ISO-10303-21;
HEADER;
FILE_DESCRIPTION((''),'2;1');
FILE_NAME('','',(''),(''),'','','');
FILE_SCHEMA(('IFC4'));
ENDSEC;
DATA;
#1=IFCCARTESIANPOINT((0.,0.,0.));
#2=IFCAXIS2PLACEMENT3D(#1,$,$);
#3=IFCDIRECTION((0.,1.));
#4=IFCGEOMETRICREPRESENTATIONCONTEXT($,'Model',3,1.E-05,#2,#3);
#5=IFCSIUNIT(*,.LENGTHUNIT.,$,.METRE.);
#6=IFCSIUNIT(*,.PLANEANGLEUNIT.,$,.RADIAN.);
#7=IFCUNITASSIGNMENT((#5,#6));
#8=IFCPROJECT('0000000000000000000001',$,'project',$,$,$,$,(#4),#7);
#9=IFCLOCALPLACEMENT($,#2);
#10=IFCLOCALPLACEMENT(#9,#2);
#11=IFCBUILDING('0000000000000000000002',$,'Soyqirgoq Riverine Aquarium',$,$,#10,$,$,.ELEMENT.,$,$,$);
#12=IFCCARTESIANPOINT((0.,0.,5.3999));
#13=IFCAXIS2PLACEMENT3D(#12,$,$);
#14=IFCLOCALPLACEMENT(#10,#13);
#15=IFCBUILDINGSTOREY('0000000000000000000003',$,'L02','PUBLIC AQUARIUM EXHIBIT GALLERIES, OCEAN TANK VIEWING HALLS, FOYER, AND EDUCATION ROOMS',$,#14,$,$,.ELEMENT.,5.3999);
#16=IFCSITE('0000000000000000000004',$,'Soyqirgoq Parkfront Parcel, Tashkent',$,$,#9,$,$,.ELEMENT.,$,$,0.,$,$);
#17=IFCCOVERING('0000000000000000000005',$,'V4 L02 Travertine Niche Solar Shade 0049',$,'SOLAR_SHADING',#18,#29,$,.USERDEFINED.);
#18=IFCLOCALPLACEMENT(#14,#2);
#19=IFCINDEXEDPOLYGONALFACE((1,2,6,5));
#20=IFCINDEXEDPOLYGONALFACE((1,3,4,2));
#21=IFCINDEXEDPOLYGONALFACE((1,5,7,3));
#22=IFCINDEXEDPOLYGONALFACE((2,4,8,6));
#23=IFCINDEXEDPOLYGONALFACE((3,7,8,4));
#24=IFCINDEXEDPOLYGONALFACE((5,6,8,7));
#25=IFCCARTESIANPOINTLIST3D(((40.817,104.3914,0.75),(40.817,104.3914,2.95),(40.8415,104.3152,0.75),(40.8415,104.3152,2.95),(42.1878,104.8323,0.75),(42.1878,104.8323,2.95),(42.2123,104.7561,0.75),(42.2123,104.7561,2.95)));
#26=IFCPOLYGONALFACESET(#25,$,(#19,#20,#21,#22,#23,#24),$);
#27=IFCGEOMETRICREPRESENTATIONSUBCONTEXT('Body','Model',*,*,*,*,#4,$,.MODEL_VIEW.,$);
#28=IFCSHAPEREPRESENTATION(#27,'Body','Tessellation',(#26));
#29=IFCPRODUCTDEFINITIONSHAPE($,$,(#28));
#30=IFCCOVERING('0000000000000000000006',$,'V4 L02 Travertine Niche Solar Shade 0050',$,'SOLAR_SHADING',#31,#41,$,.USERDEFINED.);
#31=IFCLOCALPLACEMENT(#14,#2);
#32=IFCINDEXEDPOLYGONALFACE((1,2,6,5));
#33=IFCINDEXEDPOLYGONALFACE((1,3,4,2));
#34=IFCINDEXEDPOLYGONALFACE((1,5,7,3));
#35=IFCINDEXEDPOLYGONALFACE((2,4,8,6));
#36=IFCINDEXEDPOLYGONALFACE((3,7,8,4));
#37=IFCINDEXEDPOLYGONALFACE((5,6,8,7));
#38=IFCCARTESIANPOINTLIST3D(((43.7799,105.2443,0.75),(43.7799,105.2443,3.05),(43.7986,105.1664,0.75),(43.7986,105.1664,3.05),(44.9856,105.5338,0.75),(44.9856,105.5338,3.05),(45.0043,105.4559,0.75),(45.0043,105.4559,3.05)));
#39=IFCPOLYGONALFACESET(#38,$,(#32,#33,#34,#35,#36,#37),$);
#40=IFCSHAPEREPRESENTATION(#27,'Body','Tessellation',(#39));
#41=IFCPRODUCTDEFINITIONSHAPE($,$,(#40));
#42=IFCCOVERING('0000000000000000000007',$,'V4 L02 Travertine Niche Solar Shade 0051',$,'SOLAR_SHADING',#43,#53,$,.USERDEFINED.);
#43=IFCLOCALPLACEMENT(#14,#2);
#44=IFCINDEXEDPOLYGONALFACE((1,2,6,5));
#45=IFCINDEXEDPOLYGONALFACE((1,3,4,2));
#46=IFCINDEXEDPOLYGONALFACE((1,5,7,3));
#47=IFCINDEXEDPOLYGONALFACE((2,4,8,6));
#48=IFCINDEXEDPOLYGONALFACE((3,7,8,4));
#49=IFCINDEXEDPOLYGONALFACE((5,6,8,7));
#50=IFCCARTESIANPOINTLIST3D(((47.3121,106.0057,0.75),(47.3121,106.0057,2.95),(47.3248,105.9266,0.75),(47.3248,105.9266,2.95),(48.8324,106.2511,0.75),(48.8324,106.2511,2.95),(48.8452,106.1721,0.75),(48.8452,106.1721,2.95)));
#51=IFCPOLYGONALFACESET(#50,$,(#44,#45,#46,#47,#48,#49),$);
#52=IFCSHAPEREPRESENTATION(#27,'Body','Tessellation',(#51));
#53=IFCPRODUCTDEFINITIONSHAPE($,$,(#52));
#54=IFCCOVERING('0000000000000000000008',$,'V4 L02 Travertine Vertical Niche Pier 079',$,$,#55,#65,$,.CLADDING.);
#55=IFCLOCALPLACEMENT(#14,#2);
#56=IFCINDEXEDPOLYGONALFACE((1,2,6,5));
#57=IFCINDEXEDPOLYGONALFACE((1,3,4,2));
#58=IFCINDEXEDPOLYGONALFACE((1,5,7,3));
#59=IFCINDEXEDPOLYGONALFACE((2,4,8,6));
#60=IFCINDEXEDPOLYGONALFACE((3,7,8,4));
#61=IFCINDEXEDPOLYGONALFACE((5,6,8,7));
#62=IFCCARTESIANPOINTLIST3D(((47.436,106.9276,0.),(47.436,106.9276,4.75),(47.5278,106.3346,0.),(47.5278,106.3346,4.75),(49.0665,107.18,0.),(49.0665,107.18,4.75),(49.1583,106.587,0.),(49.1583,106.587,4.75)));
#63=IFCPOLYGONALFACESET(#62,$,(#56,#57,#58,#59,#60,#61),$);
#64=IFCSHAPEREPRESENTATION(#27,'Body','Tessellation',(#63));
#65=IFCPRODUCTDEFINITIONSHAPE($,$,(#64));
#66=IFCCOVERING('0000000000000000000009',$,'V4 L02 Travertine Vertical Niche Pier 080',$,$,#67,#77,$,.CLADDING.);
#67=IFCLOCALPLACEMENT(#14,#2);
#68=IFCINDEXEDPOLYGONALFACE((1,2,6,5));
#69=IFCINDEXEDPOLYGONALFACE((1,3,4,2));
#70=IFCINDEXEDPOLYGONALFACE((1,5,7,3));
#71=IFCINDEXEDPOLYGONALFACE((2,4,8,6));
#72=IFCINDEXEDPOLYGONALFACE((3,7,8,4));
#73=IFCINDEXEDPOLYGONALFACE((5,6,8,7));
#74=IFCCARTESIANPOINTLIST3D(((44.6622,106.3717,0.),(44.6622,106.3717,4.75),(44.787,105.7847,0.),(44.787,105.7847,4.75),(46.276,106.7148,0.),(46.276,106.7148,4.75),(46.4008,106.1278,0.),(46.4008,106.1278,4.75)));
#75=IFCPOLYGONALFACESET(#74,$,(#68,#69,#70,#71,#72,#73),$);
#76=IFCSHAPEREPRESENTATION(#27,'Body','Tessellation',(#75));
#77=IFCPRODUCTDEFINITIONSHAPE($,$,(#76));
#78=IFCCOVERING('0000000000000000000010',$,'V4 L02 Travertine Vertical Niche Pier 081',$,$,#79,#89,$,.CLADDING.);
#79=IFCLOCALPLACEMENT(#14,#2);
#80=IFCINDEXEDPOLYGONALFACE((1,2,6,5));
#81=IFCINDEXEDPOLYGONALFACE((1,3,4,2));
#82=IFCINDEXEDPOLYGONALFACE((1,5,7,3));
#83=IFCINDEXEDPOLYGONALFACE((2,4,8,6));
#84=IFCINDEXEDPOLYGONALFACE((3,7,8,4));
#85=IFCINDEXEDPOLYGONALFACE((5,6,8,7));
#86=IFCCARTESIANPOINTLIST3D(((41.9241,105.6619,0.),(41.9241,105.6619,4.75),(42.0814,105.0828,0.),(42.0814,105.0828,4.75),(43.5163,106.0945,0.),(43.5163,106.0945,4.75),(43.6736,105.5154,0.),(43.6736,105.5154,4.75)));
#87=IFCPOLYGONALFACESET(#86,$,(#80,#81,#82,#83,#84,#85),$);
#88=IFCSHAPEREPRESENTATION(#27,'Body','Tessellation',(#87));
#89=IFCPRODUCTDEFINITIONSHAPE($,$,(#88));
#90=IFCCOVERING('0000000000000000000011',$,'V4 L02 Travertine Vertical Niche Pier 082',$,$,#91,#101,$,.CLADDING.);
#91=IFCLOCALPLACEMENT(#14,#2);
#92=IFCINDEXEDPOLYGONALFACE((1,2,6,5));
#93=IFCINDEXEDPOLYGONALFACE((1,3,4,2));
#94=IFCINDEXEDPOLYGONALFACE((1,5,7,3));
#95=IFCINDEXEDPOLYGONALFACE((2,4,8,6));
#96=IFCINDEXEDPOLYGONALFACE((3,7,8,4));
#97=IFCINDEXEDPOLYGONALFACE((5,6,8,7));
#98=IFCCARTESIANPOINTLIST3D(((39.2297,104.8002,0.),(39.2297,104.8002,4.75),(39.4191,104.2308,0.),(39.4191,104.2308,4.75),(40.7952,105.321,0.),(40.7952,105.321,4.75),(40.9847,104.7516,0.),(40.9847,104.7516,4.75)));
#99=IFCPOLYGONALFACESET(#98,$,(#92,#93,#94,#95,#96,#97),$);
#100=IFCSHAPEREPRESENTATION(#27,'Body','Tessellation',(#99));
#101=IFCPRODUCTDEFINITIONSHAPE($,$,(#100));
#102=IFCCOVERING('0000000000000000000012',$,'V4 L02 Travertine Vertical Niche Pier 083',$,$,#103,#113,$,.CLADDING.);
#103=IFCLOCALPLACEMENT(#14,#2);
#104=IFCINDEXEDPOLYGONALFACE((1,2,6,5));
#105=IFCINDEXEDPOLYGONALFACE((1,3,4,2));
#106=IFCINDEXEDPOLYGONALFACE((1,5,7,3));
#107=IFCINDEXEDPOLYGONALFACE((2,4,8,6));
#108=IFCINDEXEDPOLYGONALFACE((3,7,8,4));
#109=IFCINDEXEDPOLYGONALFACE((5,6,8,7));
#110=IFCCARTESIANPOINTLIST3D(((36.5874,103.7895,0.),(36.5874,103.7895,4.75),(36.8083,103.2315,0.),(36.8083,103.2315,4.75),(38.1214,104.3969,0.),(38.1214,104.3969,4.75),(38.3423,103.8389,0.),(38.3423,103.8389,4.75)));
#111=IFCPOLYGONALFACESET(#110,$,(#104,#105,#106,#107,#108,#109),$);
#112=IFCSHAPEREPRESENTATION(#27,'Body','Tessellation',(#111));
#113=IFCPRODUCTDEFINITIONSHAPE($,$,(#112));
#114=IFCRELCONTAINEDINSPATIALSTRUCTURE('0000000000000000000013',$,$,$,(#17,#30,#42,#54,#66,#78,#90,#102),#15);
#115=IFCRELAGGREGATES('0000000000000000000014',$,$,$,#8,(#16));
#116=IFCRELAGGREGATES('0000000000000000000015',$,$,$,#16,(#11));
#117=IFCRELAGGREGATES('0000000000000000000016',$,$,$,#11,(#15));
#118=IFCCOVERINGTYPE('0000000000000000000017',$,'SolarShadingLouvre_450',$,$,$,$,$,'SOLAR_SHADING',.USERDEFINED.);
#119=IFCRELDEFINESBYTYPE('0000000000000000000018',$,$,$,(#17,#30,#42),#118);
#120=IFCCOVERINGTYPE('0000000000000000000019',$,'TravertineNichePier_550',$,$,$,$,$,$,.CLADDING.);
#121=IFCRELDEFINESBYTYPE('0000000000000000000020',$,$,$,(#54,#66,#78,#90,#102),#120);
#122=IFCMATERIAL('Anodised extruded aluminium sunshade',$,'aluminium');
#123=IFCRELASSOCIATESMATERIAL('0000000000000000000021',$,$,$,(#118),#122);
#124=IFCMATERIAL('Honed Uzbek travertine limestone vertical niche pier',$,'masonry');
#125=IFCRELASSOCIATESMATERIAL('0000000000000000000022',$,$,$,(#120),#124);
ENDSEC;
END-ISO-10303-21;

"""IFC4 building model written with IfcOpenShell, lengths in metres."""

from ifc_helpers import new_model, si_unit, direction, frame, origin, origin_2d, place, context, subcontext, project, spatial, rectangle, extrude, material, type_object, element, save


model = new_model("IFC4")

# Units and contexts
model_context = context("Model", 3, precision=1e-05, world=origin(), true_north=direction((0.0, 1.0)))
body_context = subcontext(model_context, "Body", "Model", "MODEL_VIEW")
ifc_project = project(units=[si_unit("LENGTHUNIT", "METRE"), si_unit("PLANEANGLEUNIT", "RADIAN")], contexts=[model_context])

# Site, building, storey
site_placement = place(None, origin())
site = spatial("IfcSite", under=ifc_project, at=site_placement, Name="Soyqirgoq Parkfront Parcel, Tashkent", CompositionType="ELEMENT", RefElevation=0.0)
building_placement = place(site_placement, origin())
building = spatial("IfcBuilding", under=site, at=building_placement, Name="Soyqirgoq Riverine Aquarium", CompositionType="ELEMENT")
storey_placement = place(building_placement, frame((0.0, 0.0, 5.3999)))
storey = spatial("IfcBuildingStorey", under=building, at=storey_placement, Name="L02", Description="PUBLIC AQUARIUM EXHIBIT GALLERIES, OCEAN TANK VIEWING HALLS, FOYER, AND EDUCATION ROOMS", CompositionType="ELEMENT", Elevation=5.3999)

# Coverings
ifc_material_1 = material(Name="Anodised extruded aluminium sunshade", Category="aluminium")
covering_type_1 = type_object("IfcCoveringType", Name="SolarShadingLouvre_450", ElementType="SOLAR_SHADING", PredefinedType="USERDEFINED", material=ifc_material_1)
covering_1_placement = place(storey_placement, frame((41.5146, 104.5737, 0.75), z_axis=(0.0, 0.0, 1.0), x_axis=(0.951969, 0.306194, 0.0)))
element("IfcCovering", 1, at=covering_1_placement, inside=storey, type_object=covering_type_1, Name="V4 L02 Travertine Niche Solar Shade 0049", ObjectType="SOLAR_SHADING", PredefinedType="USERDEFINED", context=body_context, shape_type="SweptSolid", body=[
    extrude(rectangle(XDim=1.4399, YDim=0.0801, at=origin_2d()), origin(), (0.0, 0.0, 1.0), 2.2),
])
covering_2_placement = place(storey_placement, frame((44.3921, 105.3501, 0.75), z_axis=(0.0, 0.0, 1.0), x_axis=(0.97237, 0.233445, 0.0)))
element("IfcCovering", 2, at=covering_2_placement, inside=storey, type_object=covering_type_1, Name="V4 L02 Travertine Niche Solar Shade 0050", ObjectType="SOLAR_SHADING", PredefinedType="USERDEFINED", context=body_context, shape_type="SweptSolid", body=[
    extrude(rectangle(XDim=1.24, YDim=0.0801, at=origin_2d()), origin(), (0.0, 0.0, 1.0), 2.3),
])
covering_3_placement = place(storey_placement, frame((48.0786, 106.0889, 0.75), z_axis=(0.0, 0.0, 1.0), x_axis=(0.98722, 0.159364, 0.0)))
element("IfcCovering", 3, at=covering_3_placement, inside=storey, type_object=covering_type_1, Name="V4 L02 Travertine Niche Solar Shade 0051", ObjectType="SOLAR_SHADING", PredefinedType="USERDEFINED", context=body_context, shape_type="SweptSolid", body=[
    extrude(rectangle(XDim=1.54, YDim=0.0801, at=origin_2d()), origin(), (0.0, 0.0, 1.0), 2.2),
])
ifc_material_2 = material(Name="Honed Uzbek travertine limestone vertical niche pier", Category="masonry")
covering_type_2 = type_object("IfcCoveringType", Name="TravertineNichePier_550", PredefinedType="CLADDING", material=ifc_material_2)
for number, where, z_axis, x_axis, name in (
    (4, (48.2971, 106.7573, 0.0), (0.0, 0.0, 1.0), (-0.152986, 0.988228, 0.0), "V4 L02 Travertine Vertical Niche Pier 079"),
    (5, (45.5315, 106.2498, 0.0), (0.0, 0.0, 1.0), (-0.207912, 0.978148, 0.0), "V4 L02 Travertine Vertical Niche Pier 080"),
    (6, (42.7988, 105.5886, 0.0), (0.0, 0.0, 1.0), (-0.262189, 0.965016, 0.0), "V4 L02 Travertine Vertical Niche Pier 081"),
    (7, (40.1072, 104.7759, 0.0), (0.0, 0.0, 1.0), (-0.315649, 0.948876, 0.0), "V4 L02 Travertine Vertical Niche Pier 082"),
    (8, (37.4648, 103.8142, 0.0), (0.0, 0.0, 1.0), (-0.368125, 0.929776, 0.0), "V4 L02 Travertine Vertical Niche Pier 083"),
):
    element("IfcCovering", number, at=place(storey_placement, frame(where, z_axis=z_axis, x_axis=x_axis)), inside=storey, type_object=covering_type_2, Name=name, PredefinedType="CLADDING", context=body_context, shape_type="SweptSolid", body=[
        extrude(rectangle(XDim=0.6001, YDim=1.6499, at=origin_2d()), origin(), (0.0, 0.0, 1.0), 4.75),
    ])

save(model, "model.ifc")
